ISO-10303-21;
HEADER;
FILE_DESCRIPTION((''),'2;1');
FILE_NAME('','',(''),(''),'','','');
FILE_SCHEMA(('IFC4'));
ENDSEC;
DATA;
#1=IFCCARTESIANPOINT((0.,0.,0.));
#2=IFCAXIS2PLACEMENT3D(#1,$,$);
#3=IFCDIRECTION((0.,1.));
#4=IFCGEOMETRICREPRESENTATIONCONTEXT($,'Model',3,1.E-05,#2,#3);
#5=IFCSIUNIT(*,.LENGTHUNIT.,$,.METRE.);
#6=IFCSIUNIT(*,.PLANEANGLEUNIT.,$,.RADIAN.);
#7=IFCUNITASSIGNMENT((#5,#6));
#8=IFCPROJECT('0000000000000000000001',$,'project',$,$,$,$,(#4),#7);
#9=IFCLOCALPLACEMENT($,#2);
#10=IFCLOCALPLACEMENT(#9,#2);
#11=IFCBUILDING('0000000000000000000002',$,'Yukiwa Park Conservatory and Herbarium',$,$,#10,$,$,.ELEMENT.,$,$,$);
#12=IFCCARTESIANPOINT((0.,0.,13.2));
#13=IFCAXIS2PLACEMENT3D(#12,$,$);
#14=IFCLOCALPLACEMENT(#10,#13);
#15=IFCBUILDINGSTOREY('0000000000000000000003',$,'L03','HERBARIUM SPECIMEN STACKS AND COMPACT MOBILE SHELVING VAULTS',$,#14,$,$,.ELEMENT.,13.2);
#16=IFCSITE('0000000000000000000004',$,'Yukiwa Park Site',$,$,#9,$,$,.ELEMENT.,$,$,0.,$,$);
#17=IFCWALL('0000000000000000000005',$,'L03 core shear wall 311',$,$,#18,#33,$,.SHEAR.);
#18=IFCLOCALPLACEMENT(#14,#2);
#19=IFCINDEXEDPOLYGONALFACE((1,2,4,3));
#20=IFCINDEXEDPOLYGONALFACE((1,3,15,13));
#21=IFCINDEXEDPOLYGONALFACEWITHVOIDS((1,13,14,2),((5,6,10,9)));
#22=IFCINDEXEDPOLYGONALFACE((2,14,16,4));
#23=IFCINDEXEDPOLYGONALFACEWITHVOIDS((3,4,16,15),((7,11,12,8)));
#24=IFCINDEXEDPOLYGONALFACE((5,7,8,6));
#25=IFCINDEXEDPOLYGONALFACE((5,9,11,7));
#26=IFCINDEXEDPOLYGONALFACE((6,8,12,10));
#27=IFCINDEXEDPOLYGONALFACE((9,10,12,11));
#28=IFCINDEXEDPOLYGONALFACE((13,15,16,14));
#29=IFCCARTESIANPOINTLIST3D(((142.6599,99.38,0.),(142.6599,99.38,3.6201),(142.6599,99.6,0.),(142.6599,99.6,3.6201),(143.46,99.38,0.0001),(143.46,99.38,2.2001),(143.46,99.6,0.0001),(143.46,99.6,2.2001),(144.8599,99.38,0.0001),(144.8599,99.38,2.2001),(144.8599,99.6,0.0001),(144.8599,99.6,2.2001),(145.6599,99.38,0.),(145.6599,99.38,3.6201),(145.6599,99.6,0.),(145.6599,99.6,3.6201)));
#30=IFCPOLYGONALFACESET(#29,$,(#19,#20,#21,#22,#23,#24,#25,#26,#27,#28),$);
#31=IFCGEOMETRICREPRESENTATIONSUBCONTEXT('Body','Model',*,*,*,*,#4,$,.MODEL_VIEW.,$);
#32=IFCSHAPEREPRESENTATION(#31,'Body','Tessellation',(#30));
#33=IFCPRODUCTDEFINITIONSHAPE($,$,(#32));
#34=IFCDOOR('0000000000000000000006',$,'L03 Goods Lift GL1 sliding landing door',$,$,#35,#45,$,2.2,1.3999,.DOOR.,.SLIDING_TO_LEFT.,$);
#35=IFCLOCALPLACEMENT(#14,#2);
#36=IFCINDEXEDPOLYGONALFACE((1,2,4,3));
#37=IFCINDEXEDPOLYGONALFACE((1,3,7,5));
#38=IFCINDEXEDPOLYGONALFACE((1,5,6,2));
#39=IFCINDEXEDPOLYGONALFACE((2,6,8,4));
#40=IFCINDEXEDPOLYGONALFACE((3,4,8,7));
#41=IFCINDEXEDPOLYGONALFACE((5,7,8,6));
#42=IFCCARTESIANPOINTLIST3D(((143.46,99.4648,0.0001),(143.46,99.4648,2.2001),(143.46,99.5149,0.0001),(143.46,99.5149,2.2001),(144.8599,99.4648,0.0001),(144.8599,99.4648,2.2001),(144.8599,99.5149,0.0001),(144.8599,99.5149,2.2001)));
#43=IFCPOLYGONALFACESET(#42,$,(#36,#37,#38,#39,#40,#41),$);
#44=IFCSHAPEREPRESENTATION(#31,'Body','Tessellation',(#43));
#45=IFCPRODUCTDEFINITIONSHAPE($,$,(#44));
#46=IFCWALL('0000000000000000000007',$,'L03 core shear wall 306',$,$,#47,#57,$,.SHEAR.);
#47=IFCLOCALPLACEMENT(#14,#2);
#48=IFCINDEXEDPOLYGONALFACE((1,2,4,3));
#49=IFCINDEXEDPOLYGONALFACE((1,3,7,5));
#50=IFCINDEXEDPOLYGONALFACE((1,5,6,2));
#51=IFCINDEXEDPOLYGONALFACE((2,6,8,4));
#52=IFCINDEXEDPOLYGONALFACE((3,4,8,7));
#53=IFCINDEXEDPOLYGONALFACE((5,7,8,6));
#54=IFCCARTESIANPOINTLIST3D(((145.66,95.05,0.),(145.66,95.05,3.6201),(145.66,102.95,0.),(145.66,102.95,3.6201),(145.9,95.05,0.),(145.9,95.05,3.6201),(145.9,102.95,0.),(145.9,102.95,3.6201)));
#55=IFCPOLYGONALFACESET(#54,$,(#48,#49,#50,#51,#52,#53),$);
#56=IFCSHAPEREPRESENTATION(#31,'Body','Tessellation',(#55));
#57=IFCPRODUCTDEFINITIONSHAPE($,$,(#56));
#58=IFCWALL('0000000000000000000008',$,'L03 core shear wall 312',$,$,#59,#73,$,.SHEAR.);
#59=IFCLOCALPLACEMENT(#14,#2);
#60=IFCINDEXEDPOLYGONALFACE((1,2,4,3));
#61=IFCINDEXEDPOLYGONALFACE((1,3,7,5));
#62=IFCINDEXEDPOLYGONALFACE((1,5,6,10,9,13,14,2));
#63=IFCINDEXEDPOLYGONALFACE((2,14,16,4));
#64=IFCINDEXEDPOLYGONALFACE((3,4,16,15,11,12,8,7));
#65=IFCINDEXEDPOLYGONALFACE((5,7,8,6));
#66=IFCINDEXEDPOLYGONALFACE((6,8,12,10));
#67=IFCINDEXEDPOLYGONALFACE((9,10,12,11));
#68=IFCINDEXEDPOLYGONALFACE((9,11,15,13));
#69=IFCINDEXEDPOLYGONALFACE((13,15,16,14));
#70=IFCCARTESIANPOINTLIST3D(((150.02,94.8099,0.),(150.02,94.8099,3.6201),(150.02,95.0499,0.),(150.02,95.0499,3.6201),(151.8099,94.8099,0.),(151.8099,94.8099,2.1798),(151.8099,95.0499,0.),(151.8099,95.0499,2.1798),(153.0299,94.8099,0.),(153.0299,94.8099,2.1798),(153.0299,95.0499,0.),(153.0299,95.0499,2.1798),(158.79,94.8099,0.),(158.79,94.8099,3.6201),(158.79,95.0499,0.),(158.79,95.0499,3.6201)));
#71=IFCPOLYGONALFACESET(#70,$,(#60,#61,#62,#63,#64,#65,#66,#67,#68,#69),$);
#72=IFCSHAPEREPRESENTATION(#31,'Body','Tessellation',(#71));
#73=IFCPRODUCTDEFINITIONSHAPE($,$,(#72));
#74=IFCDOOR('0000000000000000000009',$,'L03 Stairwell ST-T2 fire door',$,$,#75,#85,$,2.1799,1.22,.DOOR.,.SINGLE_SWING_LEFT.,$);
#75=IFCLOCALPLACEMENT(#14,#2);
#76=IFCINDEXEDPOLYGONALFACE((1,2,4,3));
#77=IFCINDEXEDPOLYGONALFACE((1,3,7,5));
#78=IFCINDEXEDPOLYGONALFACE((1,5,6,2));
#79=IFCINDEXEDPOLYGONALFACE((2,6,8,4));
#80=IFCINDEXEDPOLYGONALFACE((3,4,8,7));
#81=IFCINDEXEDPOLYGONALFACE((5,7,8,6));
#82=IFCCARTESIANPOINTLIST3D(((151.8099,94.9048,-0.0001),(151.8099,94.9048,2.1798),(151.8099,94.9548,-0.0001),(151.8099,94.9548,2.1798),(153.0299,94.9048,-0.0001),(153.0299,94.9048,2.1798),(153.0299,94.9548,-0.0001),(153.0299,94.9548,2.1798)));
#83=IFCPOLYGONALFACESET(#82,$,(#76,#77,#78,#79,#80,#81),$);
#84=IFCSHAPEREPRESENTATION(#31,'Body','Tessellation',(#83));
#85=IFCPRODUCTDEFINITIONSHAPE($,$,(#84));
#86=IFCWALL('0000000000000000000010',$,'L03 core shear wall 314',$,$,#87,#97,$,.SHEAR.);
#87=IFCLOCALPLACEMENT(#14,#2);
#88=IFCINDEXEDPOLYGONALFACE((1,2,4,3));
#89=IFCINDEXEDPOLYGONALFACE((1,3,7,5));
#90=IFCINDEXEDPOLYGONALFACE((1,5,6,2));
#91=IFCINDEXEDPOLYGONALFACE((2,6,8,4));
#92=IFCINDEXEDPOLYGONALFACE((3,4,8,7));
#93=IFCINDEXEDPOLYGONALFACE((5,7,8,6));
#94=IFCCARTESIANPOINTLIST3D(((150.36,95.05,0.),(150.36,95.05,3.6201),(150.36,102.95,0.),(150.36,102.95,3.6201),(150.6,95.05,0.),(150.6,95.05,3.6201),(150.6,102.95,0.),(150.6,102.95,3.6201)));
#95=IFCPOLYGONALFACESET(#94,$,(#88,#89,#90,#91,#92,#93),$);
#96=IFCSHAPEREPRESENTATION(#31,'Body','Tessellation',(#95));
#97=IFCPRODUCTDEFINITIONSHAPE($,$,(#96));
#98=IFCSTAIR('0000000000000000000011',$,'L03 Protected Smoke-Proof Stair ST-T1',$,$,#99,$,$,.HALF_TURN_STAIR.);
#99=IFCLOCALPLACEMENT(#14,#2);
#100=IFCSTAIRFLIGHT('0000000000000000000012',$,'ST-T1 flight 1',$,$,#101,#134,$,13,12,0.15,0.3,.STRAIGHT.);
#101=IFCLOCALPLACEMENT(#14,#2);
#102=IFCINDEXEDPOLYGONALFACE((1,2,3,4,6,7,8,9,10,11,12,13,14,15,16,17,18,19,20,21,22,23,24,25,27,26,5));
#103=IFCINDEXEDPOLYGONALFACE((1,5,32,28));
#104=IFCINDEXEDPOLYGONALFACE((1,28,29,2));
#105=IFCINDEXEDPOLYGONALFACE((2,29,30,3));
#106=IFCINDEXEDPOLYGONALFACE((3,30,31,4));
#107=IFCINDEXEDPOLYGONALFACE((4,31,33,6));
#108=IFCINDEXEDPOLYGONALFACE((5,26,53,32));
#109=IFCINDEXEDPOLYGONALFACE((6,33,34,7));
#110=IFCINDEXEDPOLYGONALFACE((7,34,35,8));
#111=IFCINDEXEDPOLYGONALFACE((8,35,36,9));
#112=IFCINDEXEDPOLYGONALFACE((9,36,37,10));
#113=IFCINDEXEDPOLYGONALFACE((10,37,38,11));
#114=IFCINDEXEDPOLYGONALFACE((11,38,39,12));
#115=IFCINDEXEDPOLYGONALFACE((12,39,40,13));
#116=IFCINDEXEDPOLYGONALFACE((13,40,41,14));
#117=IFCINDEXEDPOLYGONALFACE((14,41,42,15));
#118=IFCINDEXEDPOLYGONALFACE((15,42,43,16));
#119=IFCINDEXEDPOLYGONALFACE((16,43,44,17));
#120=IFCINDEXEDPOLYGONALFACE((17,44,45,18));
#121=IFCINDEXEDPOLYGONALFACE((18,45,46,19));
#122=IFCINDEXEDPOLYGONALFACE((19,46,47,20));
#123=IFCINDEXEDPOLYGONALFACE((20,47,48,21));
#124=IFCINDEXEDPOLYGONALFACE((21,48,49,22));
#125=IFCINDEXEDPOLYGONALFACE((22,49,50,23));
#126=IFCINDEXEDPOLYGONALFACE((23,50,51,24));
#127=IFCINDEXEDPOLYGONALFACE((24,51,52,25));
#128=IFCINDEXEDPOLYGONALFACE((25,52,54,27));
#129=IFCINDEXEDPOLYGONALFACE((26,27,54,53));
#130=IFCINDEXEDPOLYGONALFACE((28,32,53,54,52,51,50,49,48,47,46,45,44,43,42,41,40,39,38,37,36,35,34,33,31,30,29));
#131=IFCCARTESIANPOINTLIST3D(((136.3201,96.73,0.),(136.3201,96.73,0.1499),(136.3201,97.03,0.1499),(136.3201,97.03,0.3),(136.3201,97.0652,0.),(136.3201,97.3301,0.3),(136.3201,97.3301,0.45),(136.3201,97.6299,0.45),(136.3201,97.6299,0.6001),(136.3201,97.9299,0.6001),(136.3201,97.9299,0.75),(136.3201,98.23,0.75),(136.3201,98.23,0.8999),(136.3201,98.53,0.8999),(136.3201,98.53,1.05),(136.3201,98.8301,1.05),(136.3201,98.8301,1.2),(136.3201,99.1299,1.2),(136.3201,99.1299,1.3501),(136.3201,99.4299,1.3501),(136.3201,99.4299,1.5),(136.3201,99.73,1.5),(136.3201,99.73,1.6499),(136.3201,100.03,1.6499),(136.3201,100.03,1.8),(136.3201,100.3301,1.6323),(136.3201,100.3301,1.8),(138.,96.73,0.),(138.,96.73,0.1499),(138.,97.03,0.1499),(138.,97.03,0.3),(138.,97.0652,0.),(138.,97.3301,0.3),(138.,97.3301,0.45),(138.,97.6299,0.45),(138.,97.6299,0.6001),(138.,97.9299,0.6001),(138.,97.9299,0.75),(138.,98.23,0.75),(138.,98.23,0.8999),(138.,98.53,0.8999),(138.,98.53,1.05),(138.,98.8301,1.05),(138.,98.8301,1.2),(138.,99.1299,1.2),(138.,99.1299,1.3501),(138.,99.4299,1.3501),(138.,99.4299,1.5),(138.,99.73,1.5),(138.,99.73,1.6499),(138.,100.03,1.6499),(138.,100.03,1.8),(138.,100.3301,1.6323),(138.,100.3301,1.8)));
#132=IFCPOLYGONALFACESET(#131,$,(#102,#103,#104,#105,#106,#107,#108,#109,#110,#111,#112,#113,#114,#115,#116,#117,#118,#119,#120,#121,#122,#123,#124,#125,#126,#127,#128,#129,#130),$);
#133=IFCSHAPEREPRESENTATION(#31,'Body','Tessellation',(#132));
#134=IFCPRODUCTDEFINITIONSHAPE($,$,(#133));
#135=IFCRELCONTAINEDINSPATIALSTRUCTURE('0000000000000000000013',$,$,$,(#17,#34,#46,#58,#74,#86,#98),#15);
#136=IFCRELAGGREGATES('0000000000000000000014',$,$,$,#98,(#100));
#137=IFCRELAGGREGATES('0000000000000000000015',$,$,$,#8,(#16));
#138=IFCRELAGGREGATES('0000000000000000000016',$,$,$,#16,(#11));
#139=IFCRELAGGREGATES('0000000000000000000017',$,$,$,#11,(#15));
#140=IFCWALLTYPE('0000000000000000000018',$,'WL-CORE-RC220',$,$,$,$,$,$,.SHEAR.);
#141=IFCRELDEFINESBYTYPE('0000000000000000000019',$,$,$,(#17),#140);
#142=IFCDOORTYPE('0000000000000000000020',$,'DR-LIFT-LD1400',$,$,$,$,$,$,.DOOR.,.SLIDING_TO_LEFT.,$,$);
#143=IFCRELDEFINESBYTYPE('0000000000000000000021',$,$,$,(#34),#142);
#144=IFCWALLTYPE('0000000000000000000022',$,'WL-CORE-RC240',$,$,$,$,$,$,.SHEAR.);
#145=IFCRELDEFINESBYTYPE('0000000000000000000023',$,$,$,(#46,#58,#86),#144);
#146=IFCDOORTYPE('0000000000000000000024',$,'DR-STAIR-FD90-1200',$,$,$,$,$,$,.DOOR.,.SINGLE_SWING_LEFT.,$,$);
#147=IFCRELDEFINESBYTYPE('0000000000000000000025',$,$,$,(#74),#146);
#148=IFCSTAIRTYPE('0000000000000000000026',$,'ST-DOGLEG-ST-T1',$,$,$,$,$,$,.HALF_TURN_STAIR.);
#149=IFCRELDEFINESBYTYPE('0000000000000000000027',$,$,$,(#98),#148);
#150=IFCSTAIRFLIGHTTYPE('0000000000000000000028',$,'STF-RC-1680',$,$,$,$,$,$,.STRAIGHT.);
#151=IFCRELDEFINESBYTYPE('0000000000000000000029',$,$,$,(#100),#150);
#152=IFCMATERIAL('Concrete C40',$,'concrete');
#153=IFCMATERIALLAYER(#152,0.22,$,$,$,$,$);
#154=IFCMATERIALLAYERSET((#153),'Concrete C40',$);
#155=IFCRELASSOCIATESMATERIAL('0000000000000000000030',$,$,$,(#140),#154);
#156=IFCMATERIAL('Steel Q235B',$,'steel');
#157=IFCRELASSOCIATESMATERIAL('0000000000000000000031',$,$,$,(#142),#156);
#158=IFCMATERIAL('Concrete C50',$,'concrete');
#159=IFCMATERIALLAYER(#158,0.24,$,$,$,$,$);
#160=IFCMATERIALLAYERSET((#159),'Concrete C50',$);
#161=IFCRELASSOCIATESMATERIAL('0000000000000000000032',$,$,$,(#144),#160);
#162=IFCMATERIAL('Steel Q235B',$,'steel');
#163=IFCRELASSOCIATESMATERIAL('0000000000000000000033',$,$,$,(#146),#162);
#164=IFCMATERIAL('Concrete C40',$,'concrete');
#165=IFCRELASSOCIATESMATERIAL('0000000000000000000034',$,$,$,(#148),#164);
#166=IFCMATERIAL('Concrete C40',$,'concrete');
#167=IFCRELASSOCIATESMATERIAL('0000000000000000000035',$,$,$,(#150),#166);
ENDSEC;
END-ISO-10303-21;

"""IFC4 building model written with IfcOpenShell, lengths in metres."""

from ifc_helpers import new_model, si_unit, direction, frame, frame_2d, origin, place, context, subcontext, project, spatial, polyline, rectangle, outline, extrude, material, layer, layer_set, type_object, element, fill, aggregate, save


model = new_model("IFC4")

# Units and contexts
model_context = context("Model", 3, precision=1e-05, world=origin(), true_north=direction((0.0, 1.0)))
body_context = subcontext(model_context, "Body", "Model", "MODEL_VIEW")
ifc_project = project(units=[si_unit("LENGTHUNIT", "METRE"), si_unit("PLANEANGLEUNIT", "RADIAN")], contexts=[model_context])

# Site, building, storey
site_placement = place(None, origin())
site = spatial("IfcSite", under=ifc_project, at=site_placement, Name="Yukiwa Park Site", CompositionType="ELEMENT", RefElevation=0.0)
building_placement = place(site_placement, origin())
building = spatial("IfcBuilding", under=site, at=building_placement, Name="Yukiwa Park Conservatory and Herbarium", CompositionType="ELEMENT")
storey_placement = place(building_placement, frame((0.0, 0.0, 13.2)))
storey = spatial("IfcBuildingStorey", under=building, at=storey_placement, Name="L03", Description="HERBARIUM SPECIMEN STACKS AND COMPACT MOBILE SHELVING VAULTS", CompositionType="ELEMENT", Elevation=13.2)

# Shared definitions
ifc_material_1 = material(Name="Concrete C40", Category="concrete")
ifc_layer_1 = layer(ifc_material_1, 0.22)
ifc_layer_set_1 = layer_set([ifc_layer_1], Name="Concrete C40")
wall_type_1 = type_object("IfcWallType", Name="WL-CORE-RC220", PredefinedType="SHEAR", material=ifc_layer_set_1)

# Wall, opening, door
wall_1_placement = place(storey_placement, frame((142.6599, 99.49, 0.0), z_axis=(0.0, 0.0, 1.0), x_axis=(1.0, 0.0, 0.0)))
wall_1 = element("IfcWall", 1, at=wall_1_placement, inside=storey, type_object=wall_type_1, Name="L03 core shear wall 311", PredefinedType="SHEAR", context=body_context, shape_type="SweptSolid", body=[
    extrude(rectangle(XDim=3.0, YDim=0.22, at=frame_2d((1.5, 0.0))), origin(), (0.0, 0.0, 1.0), 3.6201),
])
opening_1_placement = place(wall_1_placement, frame((0.8, 0.0, 0.0)))
opening_1 = element("IfcOpeningElement", 2, at=opening_1_placement, cuts=wall_1, PredefinedType="OPENING", context=body_context, shape_type="SweptSolid", body=[
    extrude(rectangle(XDim=1.3999, YDim=2.2, at=frame_2d((0.7, 1.1001))), frame((0.0, 0.1201, 0.0), z_axis=(0.0, -1.0, 0.0), x_axis=(1.0, 0.0, 0.0)), (0.0, 0.0, 1.0), 0.24),
])
ifc_material_2 = material(Name="Steel Q235B", Category="steel")
door_type_1 = type_object("IfcDoorType", Name="DR-LIFT-LD1400", OperationType="SLIDING_TO_LEFT", PredefinedType="DOOR", material=ifc_material_2)
door_1_placement = place(opening_1_placement, origin())
door_1 = element("IfcDoor", 3, at=door_1_placement, inside=storey, type_object=door_type_1, Name="L03 Goods Lift GL1 sliding landing door", OperationType="SLIDING_TO_LEFT", OverallHeight=2.2, OverallWidth=1.3999, PredefinedType="DOOR", context=body_context, shape_type="SweptSolid", body=[
    extrude(rectangle(XDim=1.3999, YDim=2.2, at=frame_2d((0.7, 1.1001))), frame((0.0, 0.0249, 0.0), z_axis=(0.0, -1.0, 0.0), x_axis=(1.0, 0.0, 0.0)), (0.0, 0.0, 1.0), 0.05),
])
fill(opening_1, door_1)

# Wall
ifc_material_3 = material(Name="Concrete C50", Category="concrete")
ifc_layer_2 = layer(ifc_material_3, 0.24)
ifc_layer_set_2 = layer_set([ifc_layer_2], Name="Concrete C50")
wall_type_2 = type_object("IfcWallType", Name="WL-CORE-RC240", PredefinedType="SHEAR", material=ifc_layer_set_2)
wall_2_placement = place(storey_placement, frame((145.78, 95.05, 0.0), z_axis=(0.0, 0.0, 1.0), x_axis=(0.0, 1.0, 0.0)))
element("IfcWall", 4, at=wall_2_placement, inside=storey, type_object=wall_type_2, Name="L03 core shear wall 306", PredefinedType="SHEAR", context=body_context, shape_type="SweptSolid", body=[
    extrude(rectangle(XDim=7.8999, YDim=0.24, at=frame_2d((3.95, 0.0))), origin(), (0.0, 0.0, 1.0), 3.6201),
])

# Wall, opening, door
wall_3_placement = place(storey_placement, frame((150.02, 94.9299, 0.0), z_axis=(0.0, 0.0, 1.0), x_axis=(1.0, 0.0, 0.0)))
wall_3 = element("IfcWall", 5, at=wall_3_placement, inside=storey, type_object=wall_type_2, Name="L03 core shear wall 312", PredefinedType="SHEAR", context=body_context, shape_type="SweptSolid", body=[
    extrude(rectangle(XDim=8.77, YDim=0.24, at=frame_2d((4.385, 0.0))), origin(), (0.0, 0.0, 1.0), 3.6201),
])
opening_2_placement = place(wall_3_placement, frame((1.79, 0.0, 0.0)))
opening_2 = element("IfcOpeningElement", 6, at=opening_2_placement, cuts=wall_3, PredefinedType="OPENING", context=body_context, shape_type="SweptSolid", body=[
    extrude(rectangle(XDim=1.22, YDim=2.1799, at=frame_2d((0.6099, 1.0898))), frame((0.0, 0.1299, 0.0), z_axis=(0.0, -1.0, 0.0), x_axis=(1.0, 0.0, 0.0)), (0.0, 0.0, 1.0), 0.26),
])
ifc_material_4 = material(Name="Steel Q235B", Category="steel")
door_type_2 = type_object("IfcDoorType", Name="DR-STAIR-FD90-1200", OperationType="SINGLE_SWING_LEFT", PredefinedType="DOOR", material=ifc_material_4)
door_2_placement = place(opening_2_placement, origin())
door_2 = element("IfcDoor", 7, at=door_2_placement, inside=storey, type_object=door_type_2, Name="L03 Stairwell ST-T2 fire door", OperationType="SINGLE_SWING_LEFT", OverallHeight=2.1799, OverallWidth=1.22, PredefinedType="DOOR", context=body_context, shape_type="SweptSolid", body=[
    extrude(rectangle(XDim=1.22, YDim=2.1799, at=frame_2d((0.6099, 1.0898))), frame((0.0, 0.0249, 0.0), z_axis=(0.0, -1.0, 0.0), x_axis=(1.0, 0.0, 0.0)), (0.0, 0.0, 1.0), 0.05),
])
fill(opening_2, door_2)

# Wall
wall_4_placement = place(storey_placement, frame((150.48, 95.05, 0.0), z_axis=(0.0, 0.0, 1.0), x_axis=(0.0, 1.0, 0.0)))
element("IfcWall", 8, at=wall_4_placement, inside=storey, type_object=wall_type_2, Name="L03 core shear wall 314", PredefinedType="SHEAR", context=body_context, shape_type="SweptSolid", body=[
    extrude(rectangle(XDim=7.8999, YDim=0.24, at=frame_2d((3.95, 0.0))), origin(), (0.0, 0.0, 1.0), 3.6201),
])

# Stair, stair flight
ifc_material_5 = material(Name="Concrete C40", Category="concrete")
stair_type = type_object("IfcStairType", Name="ST-DOGLEG-ST-T1", PredefinedType="HALF_TURN_STAIR", material=ifc_material_5)
stair_placement = place(storey_placement, origin())
stair = element("IfcStair", 9, at=stair_placement, inside=storey, type_object=stair_type, Name="L03 Protected Smoke-Proof Stair ST-T1", PredefinedType="HALF_TURN_STAIR")
ifc_material_6 = material(Name="Concrete C40", Category="concrete")
stair_flight_type = type_object("IfcStairFlightType", Name="STF-RC-1680", PredefinedType="STRAIGHT", material=ifc_material_6)
stair_flight_placement = place(storey_placement, frame((137.1599, 96.73, 0.0), z_axis=(0.0, 0.0, 1.0), x_axis=(0.0, 1.0, 0.0)))
stair_flight = element("IfcStairFlight", 10, at=stair_flight_placement, type_object=stair_flight_type, Name="ST-T1 flight 1", NumberOfRisers=13, NumberOfTreads=12, PredefinedType="STRAIGHT", RiserHeight=0.15, TreadLength=0.3, context=body_context, shape_type="SweptSolid", body=[
    extrude(outline(polyline([(0.0, 0.0), (0.0, 0.1499), (0.3, 0.1499), (0.3, 0.3), (0.6001, 0.3), (0.6001, 0.45), (0.8999, 0.45), (0.8999, 0.6001), (1.2, 0.6001), (1.2, 0.75), (1.5, 0.75), (1.5, 0.8999), (1.8, 0.8999), (1.8, 1.05), (2.1001, 1.05), (2.1001, 1.2), (2.3999, 1.2), (2.3999, 1.3501), (2.7, 1.3501), (2.7, 1.5), (3.0, 1.5), (3.0, 1.6499), (3.3, 1.6499), (3.3, 1.8), (3.6001, 1.8), (3.6001, 1.95), (3.6001, 1.6323), (0.3352, 0.0), (0.0, 0.0)])), frame((0.0, 0.8398, 0.0), z_axis=(0.0, -1.0, 0.0), x_axis=(1.0, 0.0, 0.0)), (0.0, 0.0, 1.0), 1.6799),
])
aggregate(stair, [stair_flight])

save(model, "model.ifc")
